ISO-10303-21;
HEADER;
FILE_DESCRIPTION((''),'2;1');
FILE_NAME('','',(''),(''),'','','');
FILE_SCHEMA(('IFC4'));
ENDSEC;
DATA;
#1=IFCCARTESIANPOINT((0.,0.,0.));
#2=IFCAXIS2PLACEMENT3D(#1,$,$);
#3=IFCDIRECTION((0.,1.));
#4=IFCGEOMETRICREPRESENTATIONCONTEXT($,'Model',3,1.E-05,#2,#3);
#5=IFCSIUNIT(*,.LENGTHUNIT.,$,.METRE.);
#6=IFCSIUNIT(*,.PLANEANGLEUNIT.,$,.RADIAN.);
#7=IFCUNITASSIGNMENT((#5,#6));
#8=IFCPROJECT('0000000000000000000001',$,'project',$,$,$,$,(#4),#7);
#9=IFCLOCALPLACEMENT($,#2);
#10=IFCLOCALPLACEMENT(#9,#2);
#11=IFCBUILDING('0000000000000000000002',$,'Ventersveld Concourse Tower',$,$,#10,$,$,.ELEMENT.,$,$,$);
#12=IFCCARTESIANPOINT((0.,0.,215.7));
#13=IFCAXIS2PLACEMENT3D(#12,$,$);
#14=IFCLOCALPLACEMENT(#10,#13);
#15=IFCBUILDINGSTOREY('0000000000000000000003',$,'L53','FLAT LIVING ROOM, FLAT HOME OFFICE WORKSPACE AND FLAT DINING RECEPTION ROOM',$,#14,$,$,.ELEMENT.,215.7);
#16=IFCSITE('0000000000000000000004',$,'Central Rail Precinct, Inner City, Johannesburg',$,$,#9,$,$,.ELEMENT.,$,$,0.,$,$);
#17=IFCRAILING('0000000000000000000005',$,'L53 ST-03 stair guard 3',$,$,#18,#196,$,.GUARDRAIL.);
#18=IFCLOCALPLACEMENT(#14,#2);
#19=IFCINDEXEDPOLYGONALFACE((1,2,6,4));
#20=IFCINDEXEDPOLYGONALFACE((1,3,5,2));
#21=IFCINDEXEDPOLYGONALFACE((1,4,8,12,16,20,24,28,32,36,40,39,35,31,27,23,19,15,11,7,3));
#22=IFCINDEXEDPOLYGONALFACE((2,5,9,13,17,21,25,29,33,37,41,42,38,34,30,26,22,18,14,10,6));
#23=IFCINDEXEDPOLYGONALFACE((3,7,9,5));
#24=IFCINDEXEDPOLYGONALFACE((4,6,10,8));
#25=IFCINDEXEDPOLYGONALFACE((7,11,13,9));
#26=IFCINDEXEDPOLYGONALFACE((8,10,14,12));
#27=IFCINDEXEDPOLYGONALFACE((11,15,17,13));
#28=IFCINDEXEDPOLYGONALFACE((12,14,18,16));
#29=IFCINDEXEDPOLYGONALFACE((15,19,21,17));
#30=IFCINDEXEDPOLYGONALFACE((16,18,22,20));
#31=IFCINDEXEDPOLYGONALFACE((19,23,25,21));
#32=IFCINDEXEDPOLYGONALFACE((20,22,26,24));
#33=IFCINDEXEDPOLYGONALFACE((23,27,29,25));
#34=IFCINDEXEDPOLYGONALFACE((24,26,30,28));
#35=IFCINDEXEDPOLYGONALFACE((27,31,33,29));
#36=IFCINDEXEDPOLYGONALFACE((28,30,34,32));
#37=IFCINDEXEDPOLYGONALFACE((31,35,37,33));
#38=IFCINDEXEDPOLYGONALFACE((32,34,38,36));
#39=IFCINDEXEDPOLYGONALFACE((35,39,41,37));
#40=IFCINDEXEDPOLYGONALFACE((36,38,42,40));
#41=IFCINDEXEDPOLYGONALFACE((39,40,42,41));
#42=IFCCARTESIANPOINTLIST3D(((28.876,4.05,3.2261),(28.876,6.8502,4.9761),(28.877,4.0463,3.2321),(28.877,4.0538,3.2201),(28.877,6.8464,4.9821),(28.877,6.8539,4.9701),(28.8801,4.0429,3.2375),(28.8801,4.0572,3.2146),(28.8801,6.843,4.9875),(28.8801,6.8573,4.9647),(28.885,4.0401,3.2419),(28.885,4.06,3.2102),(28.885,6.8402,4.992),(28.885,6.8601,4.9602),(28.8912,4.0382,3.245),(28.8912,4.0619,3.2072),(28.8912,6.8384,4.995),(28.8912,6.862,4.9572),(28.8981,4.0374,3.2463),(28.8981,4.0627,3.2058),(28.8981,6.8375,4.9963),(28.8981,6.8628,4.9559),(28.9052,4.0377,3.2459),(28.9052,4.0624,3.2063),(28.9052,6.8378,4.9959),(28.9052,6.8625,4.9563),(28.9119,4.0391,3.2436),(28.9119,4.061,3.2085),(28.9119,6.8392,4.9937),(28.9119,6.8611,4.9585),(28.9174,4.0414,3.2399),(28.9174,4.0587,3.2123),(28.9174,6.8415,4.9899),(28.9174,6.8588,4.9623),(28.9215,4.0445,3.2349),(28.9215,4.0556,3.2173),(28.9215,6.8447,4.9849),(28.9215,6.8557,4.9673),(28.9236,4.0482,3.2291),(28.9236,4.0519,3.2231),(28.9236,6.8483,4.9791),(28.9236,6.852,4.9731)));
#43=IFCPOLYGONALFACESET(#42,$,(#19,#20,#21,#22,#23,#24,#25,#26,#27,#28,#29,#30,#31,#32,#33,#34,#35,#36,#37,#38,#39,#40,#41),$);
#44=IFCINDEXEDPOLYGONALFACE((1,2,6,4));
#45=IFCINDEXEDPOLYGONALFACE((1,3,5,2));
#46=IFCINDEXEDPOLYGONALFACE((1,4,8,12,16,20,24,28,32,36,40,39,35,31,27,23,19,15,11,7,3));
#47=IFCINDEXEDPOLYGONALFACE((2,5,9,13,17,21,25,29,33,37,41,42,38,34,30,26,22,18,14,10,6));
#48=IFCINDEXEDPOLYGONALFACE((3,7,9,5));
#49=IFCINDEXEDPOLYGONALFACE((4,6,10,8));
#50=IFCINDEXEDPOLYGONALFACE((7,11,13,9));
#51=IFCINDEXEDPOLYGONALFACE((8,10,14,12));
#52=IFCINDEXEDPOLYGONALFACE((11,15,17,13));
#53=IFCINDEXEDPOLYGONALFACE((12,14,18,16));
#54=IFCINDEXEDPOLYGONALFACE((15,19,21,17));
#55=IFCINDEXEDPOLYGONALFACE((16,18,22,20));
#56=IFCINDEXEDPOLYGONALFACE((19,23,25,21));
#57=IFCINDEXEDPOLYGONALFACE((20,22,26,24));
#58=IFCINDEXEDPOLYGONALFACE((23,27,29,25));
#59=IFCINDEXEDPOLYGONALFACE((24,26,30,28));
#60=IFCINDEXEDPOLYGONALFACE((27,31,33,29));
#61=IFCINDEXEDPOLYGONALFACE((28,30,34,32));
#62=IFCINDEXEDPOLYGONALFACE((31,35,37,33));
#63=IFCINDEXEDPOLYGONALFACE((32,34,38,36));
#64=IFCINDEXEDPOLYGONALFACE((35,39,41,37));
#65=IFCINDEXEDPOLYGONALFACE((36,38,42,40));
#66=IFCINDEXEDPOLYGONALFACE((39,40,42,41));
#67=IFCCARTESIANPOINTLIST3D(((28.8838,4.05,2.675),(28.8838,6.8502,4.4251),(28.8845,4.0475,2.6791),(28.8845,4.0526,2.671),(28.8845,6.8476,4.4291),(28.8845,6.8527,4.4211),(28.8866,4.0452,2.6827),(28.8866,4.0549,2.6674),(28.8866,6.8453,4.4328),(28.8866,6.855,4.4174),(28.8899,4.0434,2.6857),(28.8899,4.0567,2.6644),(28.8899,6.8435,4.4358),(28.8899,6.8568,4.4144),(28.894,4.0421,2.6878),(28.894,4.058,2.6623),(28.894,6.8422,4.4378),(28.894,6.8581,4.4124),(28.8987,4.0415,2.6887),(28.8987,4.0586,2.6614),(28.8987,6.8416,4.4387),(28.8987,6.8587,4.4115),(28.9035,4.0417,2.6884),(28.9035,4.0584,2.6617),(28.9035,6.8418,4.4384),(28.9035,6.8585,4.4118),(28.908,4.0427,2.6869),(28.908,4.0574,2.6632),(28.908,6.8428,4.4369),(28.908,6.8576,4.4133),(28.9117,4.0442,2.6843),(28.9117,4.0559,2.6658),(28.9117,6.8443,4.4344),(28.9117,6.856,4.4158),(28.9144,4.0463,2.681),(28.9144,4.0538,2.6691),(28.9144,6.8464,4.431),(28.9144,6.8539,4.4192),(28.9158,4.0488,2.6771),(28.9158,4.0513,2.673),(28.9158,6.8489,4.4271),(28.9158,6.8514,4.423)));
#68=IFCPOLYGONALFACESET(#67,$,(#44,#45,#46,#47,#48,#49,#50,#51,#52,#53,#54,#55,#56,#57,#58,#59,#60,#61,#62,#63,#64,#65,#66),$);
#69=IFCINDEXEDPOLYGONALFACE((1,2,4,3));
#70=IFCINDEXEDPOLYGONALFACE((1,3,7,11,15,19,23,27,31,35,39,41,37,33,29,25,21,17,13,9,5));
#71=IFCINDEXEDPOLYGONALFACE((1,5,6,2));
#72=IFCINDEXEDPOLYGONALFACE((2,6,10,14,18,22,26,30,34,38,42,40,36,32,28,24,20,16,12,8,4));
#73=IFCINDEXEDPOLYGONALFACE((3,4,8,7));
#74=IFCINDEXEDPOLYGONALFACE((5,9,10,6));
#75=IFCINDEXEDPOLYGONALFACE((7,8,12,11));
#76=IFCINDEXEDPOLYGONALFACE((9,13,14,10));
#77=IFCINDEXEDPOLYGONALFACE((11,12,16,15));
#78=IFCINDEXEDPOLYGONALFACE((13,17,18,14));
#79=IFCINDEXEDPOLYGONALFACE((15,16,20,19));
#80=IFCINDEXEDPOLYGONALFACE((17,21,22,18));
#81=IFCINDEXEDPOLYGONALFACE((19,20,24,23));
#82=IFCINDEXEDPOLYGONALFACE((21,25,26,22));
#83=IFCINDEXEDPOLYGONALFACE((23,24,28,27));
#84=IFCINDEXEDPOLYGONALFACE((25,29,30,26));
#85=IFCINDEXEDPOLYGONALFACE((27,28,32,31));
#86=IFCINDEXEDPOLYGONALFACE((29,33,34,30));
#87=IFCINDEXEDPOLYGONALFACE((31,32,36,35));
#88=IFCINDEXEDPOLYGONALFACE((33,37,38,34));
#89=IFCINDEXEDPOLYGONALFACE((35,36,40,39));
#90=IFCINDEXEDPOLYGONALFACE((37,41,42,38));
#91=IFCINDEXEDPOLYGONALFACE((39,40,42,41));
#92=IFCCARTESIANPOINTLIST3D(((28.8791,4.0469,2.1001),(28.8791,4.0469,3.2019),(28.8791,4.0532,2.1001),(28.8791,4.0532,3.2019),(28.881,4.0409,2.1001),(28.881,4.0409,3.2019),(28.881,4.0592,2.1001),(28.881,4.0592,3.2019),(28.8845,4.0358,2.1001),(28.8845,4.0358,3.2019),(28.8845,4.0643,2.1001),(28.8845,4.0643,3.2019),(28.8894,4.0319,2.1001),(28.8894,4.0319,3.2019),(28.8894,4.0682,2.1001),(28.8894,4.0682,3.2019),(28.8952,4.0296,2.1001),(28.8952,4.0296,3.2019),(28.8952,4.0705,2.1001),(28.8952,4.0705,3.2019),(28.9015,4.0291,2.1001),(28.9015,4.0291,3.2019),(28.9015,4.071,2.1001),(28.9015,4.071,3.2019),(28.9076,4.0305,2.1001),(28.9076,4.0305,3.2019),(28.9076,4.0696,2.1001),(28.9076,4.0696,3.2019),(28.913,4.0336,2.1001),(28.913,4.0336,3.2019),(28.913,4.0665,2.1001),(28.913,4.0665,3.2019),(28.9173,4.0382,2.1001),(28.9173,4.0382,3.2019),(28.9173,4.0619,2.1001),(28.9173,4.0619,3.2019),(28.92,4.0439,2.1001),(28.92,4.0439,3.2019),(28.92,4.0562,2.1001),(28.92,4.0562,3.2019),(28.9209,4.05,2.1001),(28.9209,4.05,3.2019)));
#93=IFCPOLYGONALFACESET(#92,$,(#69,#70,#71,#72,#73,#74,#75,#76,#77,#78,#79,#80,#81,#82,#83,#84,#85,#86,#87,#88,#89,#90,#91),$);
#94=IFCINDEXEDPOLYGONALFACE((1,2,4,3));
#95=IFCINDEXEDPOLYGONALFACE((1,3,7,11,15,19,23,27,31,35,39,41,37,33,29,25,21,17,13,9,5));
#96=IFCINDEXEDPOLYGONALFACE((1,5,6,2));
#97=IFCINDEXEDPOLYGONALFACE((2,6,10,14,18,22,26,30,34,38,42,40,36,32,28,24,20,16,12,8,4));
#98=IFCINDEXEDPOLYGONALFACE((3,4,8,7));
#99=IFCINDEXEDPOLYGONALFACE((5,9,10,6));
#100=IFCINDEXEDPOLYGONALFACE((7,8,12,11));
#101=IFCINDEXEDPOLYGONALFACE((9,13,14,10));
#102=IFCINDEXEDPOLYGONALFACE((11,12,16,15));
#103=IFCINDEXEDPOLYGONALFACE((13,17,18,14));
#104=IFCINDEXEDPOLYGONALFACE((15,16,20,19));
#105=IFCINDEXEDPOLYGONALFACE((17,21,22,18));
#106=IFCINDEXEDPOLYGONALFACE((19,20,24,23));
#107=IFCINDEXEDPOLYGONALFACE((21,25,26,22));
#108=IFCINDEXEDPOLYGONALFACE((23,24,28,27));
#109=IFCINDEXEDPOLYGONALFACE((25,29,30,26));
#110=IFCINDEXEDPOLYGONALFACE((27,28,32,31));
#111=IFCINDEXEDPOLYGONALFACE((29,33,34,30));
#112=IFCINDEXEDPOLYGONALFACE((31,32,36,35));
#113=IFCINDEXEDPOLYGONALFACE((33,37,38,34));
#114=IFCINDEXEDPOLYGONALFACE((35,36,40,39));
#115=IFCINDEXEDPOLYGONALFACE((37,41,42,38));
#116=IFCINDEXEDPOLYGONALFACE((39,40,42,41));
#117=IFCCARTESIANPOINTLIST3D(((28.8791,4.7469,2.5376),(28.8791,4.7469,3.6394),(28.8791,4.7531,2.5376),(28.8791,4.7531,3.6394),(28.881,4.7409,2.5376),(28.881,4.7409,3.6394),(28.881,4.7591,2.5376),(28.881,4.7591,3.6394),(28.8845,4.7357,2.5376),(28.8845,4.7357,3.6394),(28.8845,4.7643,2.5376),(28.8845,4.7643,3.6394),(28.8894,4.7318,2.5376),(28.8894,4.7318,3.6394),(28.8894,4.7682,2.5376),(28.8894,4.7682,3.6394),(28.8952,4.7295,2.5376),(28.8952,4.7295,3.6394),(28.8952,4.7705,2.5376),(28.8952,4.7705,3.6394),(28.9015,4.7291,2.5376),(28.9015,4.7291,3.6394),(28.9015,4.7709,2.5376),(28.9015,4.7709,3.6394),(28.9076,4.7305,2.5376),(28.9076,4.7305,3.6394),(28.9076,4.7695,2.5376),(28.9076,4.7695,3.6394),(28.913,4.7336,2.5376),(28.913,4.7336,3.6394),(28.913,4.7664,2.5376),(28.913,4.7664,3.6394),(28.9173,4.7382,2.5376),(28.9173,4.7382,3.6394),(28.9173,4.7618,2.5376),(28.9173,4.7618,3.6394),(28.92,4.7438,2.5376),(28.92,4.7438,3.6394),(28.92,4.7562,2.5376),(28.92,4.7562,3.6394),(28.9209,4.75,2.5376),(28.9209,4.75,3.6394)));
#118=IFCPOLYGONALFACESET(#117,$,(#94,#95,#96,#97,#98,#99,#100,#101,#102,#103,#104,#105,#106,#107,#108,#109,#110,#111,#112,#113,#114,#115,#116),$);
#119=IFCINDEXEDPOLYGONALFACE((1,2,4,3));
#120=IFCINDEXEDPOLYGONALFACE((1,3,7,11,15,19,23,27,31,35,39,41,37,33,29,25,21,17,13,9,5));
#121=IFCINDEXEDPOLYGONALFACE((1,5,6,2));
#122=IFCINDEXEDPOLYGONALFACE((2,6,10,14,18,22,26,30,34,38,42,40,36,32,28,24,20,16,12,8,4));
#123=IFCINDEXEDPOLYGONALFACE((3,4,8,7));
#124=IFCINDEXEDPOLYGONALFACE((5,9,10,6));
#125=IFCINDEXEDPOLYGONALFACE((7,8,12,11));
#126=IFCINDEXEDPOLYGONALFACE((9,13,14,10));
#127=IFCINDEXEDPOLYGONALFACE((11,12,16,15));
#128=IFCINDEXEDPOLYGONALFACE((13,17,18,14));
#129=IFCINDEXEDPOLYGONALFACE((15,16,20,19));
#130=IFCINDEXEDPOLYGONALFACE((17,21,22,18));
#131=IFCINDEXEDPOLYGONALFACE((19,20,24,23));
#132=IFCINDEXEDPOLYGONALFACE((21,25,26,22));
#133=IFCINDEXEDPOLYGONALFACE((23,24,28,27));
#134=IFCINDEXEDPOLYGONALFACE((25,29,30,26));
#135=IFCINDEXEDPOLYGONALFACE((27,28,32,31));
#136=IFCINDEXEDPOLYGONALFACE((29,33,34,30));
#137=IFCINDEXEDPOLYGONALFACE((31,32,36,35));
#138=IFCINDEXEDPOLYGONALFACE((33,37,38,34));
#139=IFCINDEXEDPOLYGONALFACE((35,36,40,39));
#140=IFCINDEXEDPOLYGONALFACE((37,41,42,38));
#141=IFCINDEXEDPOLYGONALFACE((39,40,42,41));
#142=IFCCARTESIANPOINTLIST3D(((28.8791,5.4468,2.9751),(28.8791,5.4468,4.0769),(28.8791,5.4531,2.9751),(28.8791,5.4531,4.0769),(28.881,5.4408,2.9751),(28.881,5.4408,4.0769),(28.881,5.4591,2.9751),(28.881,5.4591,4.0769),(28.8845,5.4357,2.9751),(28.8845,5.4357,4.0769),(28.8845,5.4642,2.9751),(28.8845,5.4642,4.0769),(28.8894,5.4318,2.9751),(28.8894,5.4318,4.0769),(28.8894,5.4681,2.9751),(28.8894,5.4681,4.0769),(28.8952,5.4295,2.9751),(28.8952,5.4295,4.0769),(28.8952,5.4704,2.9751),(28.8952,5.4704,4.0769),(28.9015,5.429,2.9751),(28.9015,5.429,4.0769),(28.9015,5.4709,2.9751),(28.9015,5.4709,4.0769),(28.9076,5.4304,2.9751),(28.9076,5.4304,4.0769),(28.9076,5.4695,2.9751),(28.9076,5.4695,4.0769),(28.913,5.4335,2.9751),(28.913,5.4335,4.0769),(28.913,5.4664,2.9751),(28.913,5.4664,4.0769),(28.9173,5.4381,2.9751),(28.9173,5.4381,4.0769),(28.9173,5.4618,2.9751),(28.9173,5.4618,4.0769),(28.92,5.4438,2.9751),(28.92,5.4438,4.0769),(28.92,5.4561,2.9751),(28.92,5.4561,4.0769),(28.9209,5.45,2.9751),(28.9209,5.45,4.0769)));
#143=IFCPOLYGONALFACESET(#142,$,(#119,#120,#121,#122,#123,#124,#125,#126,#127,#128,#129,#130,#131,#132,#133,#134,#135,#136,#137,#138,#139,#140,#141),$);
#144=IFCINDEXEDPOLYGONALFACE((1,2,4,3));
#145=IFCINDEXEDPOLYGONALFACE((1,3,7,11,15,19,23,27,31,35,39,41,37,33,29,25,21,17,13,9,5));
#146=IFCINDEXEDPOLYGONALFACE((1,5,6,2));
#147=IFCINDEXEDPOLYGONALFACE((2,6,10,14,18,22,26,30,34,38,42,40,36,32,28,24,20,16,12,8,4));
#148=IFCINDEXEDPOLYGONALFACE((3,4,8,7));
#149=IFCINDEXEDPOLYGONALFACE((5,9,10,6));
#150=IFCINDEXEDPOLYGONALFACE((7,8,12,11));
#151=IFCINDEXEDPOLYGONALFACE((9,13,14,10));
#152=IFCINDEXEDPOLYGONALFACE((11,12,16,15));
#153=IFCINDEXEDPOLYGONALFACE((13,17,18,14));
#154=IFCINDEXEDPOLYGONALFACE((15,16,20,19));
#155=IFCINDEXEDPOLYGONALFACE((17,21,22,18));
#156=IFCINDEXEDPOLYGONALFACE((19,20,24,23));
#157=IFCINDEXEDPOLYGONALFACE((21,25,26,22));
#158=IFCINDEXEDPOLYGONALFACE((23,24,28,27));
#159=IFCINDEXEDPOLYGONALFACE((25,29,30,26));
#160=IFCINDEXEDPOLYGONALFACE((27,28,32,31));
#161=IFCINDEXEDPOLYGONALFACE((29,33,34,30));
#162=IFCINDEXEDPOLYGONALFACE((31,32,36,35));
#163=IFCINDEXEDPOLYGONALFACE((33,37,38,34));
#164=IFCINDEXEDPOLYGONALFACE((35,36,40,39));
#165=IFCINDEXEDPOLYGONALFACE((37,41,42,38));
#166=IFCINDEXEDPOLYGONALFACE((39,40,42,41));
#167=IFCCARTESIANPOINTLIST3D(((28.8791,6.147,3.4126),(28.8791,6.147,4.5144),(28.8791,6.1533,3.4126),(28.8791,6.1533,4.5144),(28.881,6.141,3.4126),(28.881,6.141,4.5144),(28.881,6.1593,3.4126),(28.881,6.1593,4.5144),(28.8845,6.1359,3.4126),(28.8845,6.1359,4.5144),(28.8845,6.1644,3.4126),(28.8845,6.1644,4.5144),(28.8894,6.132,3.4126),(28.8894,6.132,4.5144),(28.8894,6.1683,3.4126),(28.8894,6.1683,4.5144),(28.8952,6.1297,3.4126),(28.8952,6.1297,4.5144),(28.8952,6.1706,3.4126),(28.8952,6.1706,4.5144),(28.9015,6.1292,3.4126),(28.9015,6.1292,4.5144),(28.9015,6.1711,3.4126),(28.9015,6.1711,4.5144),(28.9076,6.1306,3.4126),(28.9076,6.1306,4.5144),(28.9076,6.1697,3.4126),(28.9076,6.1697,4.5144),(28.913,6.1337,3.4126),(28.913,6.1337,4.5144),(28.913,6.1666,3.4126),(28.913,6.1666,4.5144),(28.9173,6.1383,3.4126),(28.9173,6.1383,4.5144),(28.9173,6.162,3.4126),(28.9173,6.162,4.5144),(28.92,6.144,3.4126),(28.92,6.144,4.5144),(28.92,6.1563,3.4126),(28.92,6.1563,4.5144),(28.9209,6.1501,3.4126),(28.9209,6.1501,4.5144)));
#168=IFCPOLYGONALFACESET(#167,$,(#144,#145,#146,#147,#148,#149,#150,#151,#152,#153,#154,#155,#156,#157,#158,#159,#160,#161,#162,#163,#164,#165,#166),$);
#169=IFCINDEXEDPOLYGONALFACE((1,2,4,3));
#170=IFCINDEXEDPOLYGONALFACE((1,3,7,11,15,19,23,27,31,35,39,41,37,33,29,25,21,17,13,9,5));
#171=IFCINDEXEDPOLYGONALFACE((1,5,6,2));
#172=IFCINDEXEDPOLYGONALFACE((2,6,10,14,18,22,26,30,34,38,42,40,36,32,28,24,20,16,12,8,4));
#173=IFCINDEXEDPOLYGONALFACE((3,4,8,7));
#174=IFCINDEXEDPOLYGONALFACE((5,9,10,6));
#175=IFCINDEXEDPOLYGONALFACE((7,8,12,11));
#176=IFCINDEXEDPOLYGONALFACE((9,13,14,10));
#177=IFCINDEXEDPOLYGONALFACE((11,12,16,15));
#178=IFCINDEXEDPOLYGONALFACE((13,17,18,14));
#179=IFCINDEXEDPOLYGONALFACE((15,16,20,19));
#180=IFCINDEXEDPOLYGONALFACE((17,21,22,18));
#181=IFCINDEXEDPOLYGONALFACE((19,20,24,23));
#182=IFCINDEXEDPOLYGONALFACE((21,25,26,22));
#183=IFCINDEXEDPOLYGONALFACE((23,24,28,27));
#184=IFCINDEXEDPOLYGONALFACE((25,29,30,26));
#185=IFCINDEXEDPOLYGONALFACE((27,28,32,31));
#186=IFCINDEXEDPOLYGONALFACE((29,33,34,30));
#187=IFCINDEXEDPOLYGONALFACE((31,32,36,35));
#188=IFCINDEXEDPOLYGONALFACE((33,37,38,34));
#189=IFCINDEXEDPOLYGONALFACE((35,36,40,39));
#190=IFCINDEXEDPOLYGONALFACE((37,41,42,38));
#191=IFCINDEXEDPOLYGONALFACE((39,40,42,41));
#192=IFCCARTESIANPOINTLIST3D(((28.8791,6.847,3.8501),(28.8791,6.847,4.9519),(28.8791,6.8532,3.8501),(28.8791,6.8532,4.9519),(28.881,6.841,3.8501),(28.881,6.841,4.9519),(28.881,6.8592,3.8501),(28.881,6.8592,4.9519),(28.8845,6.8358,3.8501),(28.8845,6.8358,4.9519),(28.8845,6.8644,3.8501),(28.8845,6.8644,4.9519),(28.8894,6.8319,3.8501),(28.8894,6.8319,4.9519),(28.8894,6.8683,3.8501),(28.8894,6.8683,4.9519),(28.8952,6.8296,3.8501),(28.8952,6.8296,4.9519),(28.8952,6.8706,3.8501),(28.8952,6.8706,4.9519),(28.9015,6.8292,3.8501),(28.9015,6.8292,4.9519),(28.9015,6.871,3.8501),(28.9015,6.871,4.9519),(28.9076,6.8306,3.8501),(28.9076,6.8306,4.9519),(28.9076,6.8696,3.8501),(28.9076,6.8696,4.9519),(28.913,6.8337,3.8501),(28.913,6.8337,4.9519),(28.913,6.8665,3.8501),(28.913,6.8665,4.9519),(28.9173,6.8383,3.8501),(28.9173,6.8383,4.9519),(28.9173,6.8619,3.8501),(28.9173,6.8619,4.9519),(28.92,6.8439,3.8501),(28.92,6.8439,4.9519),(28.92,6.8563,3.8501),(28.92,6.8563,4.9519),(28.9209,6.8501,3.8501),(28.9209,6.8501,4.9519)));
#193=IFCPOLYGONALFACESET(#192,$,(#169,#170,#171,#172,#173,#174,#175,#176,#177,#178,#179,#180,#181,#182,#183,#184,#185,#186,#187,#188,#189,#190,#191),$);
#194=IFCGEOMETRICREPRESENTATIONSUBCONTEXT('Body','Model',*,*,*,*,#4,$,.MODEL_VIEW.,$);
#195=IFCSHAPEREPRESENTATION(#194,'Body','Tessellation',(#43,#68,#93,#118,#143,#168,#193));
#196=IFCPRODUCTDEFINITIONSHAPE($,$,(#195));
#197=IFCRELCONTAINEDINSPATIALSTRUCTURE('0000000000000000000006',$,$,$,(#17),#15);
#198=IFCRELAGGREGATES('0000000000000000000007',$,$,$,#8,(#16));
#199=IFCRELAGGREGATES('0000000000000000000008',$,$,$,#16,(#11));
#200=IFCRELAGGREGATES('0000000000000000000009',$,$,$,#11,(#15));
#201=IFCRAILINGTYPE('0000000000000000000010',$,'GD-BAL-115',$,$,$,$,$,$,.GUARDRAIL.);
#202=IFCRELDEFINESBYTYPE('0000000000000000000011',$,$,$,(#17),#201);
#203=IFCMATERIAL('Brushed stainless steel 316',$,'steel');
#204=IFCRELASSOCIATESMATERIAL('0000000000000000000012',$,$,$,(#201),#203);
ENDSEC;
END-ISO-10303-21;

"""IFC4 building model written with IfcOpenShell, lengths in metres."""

from ifc_helpers import new_model, si_unit, direction, frame, origin, origin_2d, place, context, subcontext, project, spatial, circle, extrude, material, type_object, element, save


model = new_model("IFC4")

# Units and contexts
model_context = context("Model", 3, precision=1e-05, world=origin(), true_north=direction((0.0, 1.0)))
body_context = subcontext(model_context, "Body", "Model", "MODEL_VIEW")
ifc_project = project(units=[si_unit("LENGTHUNIT", "METRE"), si_unit("PLANEANGLEUNIT", "RADIAN")], contexts=[model_context])

# Site, building, storey
site_placement = place(None, origin())
site = spatial("IfcSite", under=ifc_project, at=site_placement, Name="Central Rail Precinct, Inner City, Johannesburg", CompositionType="ELEMENT", RefElevation=0.0)
building_placement = place(site_placement, origin())
building = spatial("IfcBuilding", under=site, at=building_placement, Name="Ventersveld Concourse Tower", CompositionType="ELEMENT")
storey_placement = place(building_placement, frame((0.0, 0.0, 215.7)))
storey = spatial("IfcBuildingStorey", under=building, at=storey_placement, Name="L53", Description="FLAT LIVING ROOM, FLAT HOME OFFICE WORKSPACE AND FLAT DINING RECEPTION ROOM", CompositionType="ELEMENT", Elevation=215.7)

# Shared definitions
ifc_material_1 = material(Name="Brushed stainless steel 316", Category="steel")

# Railing
railing_type_1 = type_object("IfcRailingType", Name="GD-BAL-115", PredefinedType="GUARDRAIL", material=ifc_material_1)
railing_1_placement = place(storey_placement, frame((28.8999, 4.05, 2.1001)))
element("IfcRailing", 1, at=railing_1_placement, inside=storey, type_object=railing_type_1, Name="L53 ST-03 stair guard 3", PredefinedType="GUARDRAIL", context=body_context, shape_type="SweptSolid", body=[
    extrude(circle(Radius=0.0239, at=origin_2d()), frame((0.0, 0.0, 1.126), z_axis=(0.0, 0.848002, 0.529992), x_axis=(-1.0, 0.0, 0.0)), (0.0, 0.0, 1.0), 3.302),
    extrude(circle(Radius=0.0161, at=origin_2d()), frame((0.0, 0.0, 0.575), z_axis=(0.0, 0.848002, 0.529992), x_axis=(-1.0, 0.0, 0.0)), (0.0, 0.0, 1.0), 3.302),
    extrude(circle(Radius=0.021, at=origin_2d()), origin(), (0.0, 0.0, 1.0), 1.1018),
    extrude(circle(Radius=0.021, at=origin_2d()), frame((0.0, 0.7, 0.4375)), (0.0, 0.0, 1.0), 1.1018),
    extrude(circle(Radius=0.021, at=origin_2d()), frame((0.0, 1.3999, 0.875)), (0.0, 0.0, 1.0), 1.1018),
    extrude(circle(Radius=0.021, at=origin_2d()), frame((0.0, 2.1001, 1.3125)), (0.0, 0.0, 1.0), 1.1018),
    extrude(circle(Radius=0.021, at=origin_2d()), frame((0.0, 2.8, 1.75)), (0.0, 0.0, 1.0), 1.1018),
])

save(model, "model.ifc")
